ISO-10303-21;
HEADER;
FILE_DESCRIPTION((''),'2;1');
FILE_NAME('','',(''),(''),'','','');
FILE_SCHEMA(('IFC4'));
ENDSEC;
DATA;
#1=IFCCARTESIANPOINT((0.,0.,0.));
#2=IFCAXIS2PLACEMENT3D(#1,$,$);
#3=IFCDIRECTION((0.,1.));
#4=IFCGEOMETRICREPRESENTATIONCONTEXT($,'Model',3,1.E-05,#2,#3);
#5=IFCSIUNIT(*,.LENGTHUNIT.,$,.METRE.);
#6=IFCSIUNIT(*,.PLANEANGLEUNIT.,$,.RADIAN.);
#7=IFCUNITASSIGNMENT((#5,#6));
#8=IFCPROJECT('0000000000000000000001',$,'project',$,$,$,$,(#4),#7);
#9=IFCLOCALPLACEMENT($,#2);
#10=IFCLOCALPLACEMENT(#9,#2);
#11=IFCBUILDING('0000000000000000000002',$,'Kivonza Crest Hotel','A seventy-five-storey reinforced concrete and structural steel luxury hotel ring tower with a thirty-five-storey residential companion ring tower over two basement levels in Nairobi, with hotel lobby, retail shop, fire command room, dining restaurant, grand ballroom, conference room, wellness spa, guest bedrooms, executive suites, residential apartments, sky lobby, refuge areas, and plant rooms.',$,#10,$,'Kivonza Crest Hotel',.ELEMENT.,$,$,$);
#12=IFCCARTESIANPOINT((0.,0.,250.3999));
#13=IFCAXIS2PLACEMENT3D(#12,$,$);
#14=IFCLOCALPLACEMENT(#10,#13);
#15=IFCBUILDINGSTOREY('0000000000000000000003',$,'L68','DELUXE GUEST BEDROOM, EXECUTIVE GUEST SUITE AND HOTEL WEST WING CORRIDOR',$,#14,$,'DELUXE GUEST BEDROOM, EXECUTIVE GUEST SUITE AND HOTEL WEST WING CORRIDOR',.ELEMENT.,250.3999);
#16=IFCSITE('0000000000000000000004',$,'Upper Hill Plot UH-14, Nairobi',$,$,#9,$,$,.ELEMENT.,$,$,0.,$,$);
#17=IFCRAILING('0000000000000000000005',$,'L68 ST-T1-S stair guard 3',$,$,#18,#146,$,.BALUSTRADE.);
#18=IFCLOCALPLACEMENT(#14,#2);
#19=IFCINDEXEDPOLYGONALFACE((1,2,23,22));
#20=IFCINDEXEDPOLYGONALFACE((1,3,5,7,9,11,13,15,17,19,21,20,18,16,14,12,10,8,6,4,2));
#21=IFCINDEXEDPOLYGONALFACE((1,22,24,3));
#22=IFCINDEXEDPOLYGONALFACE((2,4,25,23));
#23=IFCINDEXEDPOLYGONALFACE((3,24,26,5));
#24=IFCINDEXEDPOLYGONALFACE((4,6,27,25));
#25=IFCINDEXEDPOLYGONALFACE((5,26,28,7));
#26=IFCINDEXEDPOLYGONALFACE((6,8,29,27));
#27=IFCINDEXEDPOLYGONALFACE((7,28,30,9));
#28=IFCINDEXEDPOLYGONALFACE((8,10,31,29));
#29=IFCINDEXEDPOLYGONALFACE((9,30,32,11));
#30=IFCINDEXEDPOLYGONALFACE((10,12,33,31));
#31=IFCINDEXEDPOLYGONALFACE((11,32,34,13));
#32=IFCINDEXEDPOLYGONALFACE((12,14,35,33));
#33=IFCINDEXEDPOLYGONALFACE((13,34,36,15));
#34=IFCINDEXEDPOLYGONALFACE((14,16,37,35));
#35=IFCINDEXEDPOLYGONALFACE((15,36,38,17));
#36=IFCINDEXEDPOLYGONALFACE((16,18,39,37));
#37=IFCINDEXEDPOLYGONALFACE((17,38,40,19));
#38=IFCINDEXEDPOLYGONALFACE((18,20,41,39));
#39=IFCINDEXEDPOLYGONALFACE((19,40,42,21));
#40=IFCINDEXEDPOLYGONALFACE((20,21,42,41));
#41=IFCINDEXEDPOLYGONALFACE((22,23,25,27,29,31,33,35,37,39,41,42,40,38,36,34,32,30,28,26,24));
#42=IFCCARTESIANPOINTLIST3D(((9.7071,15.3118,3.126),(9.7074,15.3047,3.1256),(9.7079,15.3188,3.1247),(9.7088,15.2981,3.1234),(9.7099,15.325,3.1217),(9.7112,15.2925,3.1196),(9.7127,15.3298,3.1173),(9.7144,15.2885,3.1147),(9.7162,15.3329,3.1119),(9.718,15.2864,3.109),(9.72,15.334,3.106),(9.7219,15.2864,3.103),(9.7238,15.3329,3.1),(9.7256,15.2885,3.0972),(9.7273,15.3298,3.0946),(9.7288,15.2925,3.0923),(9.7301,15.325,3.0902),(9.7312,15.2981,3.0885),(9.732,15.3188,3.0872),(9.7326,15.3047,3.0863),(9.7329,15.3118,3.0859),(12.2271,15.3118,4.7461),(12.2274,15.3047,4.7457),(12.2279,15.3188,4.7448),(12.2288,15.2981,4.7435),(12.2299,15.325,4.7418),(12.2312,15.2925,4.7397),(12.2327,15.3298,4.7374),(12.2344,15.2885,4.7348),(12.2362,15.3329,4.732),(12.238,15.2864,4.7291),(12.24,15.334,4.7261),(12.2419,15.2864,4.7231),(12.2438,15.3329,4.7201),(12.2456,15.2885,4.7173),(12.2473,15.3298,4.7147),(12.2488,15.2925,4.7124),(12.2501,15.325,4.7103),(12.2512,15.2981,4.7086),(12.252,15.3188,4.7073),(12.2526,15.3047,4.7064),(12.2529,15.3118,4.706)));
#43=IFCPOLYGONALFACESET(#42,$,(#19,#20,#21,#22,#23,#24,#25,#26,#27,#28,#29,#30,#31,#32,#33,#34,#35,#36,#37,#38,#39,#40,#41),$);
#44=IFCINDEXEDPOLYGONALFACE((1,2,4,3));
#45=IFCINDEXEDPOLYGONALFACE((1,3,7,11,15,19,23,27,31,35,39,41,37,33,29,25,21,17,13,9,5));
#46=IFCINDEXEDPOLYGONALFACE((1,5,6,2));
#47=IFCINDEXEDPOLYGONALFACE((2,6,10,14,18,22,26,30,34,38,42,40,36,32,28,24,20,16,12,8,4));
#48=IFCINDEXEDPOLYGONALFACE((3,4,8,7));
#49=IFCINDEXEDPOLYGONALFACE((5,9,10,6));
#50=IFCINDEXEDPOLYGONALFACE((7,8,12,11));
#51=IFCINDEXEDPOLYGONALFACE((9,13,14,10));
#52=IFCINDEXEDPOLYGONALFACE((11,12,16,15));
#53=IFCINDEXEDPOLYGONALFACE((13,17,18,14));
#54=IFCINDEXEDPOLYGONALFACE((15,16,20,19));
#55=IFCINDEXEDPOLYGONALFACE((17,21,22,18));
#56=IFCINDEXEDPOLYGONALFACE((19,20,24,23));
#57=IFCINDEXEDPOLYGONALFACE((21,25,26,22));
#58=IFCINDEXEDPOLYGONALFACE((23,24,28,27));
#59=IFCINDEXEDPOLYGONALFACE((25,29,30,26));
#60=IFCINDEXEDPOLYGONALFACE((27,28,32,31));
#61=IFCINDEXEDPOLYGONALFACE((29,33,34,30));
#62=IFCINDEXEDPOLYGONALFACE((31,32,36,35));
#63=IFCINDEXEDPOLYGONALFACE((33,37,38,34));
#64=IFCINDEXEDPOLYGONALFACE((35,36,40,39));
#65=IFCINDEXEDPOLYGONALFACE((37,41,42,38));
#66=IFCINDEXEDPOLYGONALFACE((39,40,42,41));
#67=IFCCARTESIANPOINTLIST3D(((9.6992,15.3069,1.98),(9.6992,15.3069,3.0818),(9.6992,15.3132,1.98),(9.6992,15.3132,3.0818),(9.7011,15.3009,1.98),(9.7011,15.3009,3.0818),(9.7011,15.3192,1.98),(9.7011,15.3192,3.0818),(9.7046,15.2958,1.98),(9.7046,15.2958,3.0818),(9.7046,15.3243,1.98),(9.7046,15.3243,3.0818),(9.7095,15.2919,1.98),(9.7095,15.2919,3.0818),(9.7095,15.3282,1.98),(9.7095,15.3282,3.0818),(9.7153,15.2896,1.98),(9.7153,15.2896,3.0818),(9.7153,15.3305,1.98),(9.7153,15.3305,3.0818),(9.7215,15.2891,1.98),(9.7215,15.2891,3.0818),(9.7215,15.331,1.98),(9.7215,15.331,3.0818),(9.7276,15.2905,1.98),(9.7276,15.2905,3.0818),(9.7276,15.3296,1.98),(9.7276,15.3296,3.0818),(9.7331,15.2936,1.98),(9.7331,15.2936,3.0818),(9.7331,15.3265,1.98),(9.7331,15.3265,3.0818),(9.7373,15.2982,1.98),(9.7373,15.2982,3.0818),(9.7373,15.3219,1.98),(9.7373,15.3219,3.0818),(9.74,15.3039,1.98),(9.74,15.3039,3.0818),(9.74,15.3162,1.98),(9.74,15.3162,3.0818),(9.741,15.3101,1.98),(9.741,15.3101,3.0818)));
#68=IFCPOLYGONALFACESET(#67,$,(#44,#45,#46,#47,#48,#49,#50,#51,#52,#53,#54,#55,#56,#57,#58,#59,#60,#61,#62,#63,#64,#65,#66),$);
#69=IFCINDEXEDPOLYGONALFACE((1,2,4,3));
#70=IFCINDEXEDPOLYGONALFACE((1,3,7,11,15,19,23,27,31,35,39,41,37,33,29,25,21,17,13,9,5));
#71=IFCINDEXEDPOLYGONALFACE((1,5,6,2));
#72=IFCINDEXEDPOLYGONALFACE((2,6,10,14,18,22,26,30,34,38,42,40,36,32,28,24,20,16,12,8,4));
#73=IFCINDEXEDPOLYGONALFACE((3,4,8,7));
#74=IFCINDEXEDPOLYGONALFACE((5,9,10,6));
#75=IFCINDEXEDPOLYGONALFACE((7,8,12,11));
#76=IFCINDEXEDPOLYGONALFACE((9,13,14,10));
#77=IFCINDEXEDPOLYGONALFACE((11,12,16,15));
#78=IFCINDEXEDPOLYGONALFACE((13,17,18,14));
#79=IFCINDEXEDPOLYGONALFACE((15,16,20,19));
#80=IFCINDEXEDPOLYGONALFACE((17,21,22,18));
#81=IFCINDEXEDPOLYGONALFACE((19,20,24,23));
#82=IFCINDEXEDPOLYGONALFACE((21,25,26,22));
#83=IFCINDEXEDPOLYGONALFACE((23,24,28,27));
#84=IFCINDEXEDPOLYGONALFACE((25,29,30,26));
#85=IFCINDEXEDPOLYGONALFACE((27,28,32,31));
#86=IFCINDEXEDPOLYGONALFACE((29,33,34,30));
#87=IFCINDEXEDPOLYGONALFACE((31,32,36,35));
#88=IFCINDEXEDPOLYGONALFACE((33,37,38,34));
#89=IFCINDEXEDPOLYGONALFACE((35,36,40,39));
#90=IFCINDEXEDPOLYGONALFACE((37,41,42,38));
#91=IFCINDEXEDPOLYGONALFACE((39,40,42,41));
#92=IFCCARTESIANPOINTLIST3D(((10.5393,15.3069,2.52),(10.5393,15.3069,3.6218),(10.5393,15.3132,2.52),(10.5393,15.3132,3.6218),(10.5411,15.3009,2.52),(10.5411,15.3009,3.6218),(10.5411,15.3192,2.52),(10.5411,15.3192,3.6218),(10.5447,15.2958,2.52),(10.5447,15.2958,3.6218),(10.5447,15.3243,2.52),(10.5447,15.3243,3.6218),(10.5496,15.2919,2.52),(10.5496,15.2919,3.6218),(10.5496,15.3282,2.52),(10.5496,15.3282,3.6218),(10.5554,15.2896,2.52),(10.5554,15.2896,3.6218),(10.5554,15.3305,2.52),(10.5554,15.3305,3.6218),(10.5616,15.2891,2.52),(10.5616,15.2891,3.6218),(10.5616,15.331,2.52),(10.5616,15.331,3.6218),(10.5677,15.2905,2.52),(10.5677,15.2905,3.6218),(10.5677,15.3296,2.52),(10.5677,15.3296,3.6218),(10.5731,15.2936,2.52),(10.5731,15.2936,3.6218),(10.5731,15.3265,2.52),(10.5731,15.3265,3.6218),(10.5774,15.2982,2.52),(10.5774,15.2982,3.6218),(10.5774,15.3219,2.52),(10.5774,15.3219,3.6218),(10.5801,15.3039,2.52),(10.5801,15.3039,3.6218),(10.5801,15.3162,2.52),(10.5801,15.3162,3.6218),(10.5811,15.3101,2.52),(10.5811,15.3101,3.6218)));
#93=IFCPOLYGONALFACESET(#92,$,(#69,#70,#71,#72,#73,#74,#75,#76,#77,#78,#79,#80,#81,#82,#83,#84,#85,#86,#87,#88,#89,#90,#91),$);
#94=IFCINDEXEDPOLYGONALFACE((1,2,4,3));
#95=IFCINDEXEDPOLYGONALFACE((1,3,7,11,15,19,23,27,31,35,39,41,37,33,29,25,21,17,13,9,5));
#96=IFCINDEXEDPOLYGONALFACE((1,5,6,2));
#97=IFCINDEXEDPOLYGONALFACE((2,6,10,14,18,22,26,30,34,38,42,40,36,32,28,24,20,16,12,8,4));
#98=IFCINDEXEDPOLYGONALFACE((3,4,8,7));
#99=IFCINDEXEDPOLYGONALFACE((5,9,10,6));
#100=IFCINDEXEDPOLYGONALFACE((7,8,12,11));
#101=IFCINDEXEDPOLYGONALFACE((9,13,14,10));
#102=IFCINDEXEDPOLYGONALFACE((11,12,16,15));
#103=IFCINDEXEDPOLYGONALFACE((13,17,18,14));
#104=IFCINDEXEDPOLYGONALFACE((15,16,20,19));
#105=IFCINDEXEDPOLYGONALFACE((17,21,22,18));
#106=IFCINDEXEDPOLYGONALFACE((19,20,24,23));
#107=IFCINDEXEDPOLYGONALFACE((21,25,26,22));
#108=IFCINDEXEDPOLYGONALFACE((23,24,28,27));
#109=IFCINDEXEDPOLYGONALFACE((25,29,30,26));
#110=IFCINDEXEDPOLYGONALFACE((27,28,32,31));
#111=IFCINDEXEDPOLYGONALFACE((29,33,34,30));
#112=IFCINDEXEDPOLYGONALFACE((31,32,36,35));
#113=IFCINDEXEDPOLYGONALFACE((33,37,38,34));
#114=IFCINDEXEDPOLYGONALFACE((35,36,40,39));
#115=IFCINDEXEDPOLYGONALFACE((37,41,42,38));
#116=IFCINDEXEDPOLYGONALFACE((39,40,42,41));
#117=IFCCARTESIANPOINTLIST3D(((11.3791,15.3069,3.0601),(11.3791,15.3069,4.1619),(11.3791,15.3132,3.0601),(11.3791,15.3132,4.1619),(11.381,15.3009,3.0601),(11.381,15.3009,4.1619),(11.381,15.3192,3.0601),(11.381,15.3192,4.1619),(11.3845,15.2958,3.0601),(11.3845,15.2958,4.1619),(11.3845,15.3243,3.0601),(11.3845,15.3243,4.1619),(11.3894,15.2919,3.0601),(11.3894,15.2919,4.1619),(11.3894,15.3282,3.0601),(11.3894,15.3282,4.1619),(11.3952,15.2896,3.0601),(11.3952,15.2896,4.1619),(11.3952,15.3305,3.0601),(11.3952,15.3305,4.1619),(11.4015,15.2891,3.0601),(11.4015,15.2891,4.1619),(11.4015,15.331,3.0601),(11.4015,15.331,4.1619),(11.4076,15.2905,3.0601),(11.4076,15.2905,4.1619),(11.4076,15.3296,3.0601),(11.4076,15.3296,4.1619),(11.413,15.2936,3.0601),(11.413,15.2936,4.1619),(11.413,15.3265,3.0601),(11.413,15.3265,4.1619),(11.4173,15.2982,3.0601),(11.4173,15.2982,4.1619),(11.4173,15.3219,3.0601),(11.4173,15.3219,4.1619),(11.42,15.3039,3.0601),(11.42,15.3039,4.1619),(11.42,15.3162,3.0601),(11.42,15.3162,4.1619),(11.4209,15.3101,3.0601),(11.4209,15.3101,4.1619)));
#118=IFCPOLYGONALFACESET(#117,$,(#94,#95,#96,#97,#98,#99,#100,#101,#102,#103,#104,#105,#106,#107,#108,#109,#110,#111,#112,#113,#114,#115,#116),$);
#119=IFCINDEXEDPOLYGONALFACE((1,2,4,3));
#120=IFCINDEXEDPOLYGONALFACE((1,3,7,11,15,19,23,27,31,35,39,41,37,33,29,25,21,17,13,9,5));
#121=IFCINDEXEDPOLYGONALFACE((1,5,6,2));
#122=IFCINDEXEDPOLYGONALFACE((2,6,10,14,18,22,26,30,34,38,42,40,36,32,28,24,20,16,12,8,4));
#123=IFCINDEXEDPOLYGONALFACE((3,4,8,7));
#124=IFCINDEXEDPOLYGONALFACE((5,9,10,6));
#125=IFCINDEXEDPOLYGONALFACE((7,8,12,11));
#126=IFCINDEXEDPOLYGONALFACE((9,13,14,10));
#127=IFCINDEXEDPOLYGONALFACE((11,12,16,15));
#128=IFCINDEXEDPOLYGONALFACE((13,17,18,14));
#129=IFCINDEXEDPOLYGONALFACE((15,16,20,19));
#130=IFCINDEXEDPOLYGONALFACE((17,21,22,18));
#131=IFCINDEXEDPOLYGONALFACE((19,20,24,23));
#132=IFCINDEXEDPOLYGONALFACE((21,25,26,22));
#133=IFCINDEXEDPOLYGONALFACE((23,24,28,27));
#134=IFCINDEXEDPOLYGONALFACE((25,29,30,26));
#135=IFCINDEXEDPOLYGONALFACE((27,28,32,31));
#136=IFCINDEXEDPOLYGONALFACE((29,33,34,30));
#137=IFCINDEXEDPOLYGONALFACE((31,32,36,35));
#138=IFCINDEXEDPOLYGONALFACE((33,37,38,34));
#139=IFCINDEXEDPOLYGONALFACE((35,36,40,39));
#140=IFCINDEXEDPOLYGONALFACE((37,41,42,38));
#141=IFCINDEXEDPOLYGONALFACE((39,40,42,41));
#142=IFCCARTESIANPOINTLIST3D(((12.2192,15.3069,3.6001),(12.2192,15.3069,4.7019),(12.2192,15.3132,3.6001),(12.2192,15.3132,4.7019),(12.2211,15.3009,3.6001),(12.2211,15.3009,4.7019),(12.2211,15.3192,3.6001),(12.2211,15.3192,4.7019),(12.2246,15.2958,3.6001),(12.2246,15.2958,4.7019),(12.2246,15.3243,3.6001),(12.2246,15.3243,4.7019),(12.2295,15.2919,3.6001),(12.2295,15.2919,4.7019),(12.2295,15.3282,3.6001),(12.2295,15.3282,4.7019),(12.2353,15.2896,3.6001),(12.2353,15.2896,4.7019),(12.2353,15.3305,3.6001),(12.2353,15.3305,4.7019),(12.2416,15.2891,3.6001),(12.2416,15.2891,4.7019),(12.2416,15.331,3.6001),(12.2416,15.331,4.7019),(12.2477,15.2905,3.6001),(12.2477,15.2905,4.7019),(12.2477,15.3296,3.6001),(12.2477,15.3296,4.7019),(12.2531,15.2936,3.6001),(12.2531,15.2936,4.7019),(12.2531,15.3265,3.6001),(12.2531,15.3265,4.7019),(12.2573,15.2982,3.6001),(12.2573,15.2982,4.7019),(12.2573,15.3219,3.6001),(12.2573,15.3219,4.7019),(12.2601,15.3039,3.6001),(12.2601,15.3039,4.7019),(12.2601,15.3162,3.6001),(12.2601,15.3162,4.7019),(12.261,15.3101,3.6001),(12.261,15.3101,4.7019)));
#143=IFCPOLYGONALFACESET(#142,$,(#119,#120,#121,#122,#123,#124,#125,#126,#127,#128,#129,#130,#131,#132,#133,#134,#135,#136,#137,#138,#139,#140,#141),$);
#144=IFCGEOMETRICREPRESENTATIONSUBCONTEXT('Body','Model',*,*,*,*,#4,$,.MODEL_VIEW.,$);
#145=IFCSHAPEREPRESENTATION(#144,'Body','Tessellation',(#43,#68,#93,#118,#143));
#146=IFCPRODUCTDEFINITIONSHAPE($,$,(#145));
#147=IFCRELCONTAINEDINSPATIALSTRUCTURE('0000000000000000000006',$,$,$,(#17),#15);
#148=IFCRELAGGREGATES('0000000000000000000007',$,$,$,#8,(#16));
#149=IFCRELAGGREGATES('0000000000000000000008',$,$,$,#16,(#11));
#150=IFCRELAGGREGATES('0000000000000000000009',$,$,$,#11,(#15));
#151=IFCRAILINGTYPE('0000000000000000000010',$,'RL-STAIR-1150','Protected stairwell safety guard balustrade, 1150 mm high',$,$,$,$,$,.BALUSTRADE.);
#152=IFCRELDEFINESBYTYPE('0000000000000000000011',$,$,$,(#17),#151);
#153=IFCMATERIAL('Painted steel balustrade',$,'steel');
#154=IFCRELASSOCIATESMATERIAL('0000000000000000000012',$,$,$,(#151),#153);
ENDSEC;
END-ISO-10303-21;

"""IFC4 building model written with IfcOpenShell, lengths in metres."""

from ifc_helpers import new_model, si_unit, direction, frame, origin, origin_2d, place, context, subcontext, project, spatial, circle, extrude, material, type_object, element, save


model = new_model("IFC4")

# Units and contexts
model_context = context("Model", 3, precision=1e-05, world=origin(), true_north=direction((0.0, 1.0)))
body_context = subcontext(model_context, "Body", "Model", "MODEL_VIEW")
ifc_project = project(units=[si_unit("LENGTHUNIT", "METRE"), si_unit("PLANEANGLEUNIT", "RADIAN")], contexts=[model_context])

# Site, building, storey
site_placement = place(None, origin())
site = spatial("IfcSite", under=ifc_project, at=site_placement, Name="Upper Hill Plot UH-14, Nairobi", CompositionType="ELEMENT", RefElevation=0.0)
building_placement = place(site_placement, origin())
building = spatial("IfcBuilding", under=site, at=building_placement, Name="Kivonza Crest Hotel", Description="A seventy-five-storey reinforced concrete and structural steel luxury hotel ring tower with a thirty-five-storey residential companion ring tower over two basement levels in Nairobi, with hotel lobby, retail shop, fire command room, dining restaurant, grand ballroom, conference room, wellness spa, guest bedrooms, executive suites, residential apartments, sky lobby, refuge areas, and plant rooms.", LongName="Kivonza Crest Hotel", CompositionType="ELEMENT")
storey_placement = place(building_placement, frame((0.0, 0.0, 250.3999)))
storey = spatial("IfcBuildingStorey", under=building, at=storey_placement, Name="L68", Description="DELUXE GUEST BEDROOM, EXECUTIVE GUEST SUITE AND HOTEL WEST WING CORRIDOR", LongName="DELUXE GUEST BEDROOM, EXECUTIVE GUEST SUITE AND HOTEL WEST WING CORRIDOR", CompositionType="ELEMENT", Elevation=250.3999)

# Railing
ifc_material_1 = material(Name="Painted steel balustrade", Category="steel")
railing_type_1 = type_object("IfcRailingType", Name="RL-STAIR-1150", Description="Protected stairwell safety guard balustrade, 1150 mm high", PredefinedType="BALUSTRADE", material=ifc_material_1)
railing_1_placement = place(storey_placement, frame((9.72, 15.3101, 1.98)))
element("IfcRailing", 1, at=railing_1_placement, inside=storey, type_object=railing_type_1, Name="L68 ST-T1-S stair guard 3", PredefinedType="BALUSTRADE", context=body_context, shape_type="SweptSolid", body=[
    extrude(circle(Radius=0.0239, at=origin_2d()), frame((0.0, 0.0, 1.126), z_axis=(0.841163, 0.0, 0.540782), x_axis=(0.0, 1.0, 0.0)), (0.0, 0.0, 1.0), 2.9958),
    extrude(circle(Radius=0.021, at=origin_2d()), origin(), (0.0, 0.0, 1.0), 1.1018),
    extrude(circle(Radius=0.021, at=origin_2d()), frame((0.8401, 0.0, 0.54)), (0.0, 0.0, 1.0), 1.1018),
    extrude(circle(Radius=0.021, at=origin_2d()), frame((1.6799, 0.0, 1.0801)), (0.0, 0.0, 1.0), 1.1018),
    extrude(circle(Radius=0.021, at=origin_2d()), frame((2.52, 0.0, 1.6201)), (0.0, 0.0, 1.0), 1.1018),
])

save(model, "model.ifc")
